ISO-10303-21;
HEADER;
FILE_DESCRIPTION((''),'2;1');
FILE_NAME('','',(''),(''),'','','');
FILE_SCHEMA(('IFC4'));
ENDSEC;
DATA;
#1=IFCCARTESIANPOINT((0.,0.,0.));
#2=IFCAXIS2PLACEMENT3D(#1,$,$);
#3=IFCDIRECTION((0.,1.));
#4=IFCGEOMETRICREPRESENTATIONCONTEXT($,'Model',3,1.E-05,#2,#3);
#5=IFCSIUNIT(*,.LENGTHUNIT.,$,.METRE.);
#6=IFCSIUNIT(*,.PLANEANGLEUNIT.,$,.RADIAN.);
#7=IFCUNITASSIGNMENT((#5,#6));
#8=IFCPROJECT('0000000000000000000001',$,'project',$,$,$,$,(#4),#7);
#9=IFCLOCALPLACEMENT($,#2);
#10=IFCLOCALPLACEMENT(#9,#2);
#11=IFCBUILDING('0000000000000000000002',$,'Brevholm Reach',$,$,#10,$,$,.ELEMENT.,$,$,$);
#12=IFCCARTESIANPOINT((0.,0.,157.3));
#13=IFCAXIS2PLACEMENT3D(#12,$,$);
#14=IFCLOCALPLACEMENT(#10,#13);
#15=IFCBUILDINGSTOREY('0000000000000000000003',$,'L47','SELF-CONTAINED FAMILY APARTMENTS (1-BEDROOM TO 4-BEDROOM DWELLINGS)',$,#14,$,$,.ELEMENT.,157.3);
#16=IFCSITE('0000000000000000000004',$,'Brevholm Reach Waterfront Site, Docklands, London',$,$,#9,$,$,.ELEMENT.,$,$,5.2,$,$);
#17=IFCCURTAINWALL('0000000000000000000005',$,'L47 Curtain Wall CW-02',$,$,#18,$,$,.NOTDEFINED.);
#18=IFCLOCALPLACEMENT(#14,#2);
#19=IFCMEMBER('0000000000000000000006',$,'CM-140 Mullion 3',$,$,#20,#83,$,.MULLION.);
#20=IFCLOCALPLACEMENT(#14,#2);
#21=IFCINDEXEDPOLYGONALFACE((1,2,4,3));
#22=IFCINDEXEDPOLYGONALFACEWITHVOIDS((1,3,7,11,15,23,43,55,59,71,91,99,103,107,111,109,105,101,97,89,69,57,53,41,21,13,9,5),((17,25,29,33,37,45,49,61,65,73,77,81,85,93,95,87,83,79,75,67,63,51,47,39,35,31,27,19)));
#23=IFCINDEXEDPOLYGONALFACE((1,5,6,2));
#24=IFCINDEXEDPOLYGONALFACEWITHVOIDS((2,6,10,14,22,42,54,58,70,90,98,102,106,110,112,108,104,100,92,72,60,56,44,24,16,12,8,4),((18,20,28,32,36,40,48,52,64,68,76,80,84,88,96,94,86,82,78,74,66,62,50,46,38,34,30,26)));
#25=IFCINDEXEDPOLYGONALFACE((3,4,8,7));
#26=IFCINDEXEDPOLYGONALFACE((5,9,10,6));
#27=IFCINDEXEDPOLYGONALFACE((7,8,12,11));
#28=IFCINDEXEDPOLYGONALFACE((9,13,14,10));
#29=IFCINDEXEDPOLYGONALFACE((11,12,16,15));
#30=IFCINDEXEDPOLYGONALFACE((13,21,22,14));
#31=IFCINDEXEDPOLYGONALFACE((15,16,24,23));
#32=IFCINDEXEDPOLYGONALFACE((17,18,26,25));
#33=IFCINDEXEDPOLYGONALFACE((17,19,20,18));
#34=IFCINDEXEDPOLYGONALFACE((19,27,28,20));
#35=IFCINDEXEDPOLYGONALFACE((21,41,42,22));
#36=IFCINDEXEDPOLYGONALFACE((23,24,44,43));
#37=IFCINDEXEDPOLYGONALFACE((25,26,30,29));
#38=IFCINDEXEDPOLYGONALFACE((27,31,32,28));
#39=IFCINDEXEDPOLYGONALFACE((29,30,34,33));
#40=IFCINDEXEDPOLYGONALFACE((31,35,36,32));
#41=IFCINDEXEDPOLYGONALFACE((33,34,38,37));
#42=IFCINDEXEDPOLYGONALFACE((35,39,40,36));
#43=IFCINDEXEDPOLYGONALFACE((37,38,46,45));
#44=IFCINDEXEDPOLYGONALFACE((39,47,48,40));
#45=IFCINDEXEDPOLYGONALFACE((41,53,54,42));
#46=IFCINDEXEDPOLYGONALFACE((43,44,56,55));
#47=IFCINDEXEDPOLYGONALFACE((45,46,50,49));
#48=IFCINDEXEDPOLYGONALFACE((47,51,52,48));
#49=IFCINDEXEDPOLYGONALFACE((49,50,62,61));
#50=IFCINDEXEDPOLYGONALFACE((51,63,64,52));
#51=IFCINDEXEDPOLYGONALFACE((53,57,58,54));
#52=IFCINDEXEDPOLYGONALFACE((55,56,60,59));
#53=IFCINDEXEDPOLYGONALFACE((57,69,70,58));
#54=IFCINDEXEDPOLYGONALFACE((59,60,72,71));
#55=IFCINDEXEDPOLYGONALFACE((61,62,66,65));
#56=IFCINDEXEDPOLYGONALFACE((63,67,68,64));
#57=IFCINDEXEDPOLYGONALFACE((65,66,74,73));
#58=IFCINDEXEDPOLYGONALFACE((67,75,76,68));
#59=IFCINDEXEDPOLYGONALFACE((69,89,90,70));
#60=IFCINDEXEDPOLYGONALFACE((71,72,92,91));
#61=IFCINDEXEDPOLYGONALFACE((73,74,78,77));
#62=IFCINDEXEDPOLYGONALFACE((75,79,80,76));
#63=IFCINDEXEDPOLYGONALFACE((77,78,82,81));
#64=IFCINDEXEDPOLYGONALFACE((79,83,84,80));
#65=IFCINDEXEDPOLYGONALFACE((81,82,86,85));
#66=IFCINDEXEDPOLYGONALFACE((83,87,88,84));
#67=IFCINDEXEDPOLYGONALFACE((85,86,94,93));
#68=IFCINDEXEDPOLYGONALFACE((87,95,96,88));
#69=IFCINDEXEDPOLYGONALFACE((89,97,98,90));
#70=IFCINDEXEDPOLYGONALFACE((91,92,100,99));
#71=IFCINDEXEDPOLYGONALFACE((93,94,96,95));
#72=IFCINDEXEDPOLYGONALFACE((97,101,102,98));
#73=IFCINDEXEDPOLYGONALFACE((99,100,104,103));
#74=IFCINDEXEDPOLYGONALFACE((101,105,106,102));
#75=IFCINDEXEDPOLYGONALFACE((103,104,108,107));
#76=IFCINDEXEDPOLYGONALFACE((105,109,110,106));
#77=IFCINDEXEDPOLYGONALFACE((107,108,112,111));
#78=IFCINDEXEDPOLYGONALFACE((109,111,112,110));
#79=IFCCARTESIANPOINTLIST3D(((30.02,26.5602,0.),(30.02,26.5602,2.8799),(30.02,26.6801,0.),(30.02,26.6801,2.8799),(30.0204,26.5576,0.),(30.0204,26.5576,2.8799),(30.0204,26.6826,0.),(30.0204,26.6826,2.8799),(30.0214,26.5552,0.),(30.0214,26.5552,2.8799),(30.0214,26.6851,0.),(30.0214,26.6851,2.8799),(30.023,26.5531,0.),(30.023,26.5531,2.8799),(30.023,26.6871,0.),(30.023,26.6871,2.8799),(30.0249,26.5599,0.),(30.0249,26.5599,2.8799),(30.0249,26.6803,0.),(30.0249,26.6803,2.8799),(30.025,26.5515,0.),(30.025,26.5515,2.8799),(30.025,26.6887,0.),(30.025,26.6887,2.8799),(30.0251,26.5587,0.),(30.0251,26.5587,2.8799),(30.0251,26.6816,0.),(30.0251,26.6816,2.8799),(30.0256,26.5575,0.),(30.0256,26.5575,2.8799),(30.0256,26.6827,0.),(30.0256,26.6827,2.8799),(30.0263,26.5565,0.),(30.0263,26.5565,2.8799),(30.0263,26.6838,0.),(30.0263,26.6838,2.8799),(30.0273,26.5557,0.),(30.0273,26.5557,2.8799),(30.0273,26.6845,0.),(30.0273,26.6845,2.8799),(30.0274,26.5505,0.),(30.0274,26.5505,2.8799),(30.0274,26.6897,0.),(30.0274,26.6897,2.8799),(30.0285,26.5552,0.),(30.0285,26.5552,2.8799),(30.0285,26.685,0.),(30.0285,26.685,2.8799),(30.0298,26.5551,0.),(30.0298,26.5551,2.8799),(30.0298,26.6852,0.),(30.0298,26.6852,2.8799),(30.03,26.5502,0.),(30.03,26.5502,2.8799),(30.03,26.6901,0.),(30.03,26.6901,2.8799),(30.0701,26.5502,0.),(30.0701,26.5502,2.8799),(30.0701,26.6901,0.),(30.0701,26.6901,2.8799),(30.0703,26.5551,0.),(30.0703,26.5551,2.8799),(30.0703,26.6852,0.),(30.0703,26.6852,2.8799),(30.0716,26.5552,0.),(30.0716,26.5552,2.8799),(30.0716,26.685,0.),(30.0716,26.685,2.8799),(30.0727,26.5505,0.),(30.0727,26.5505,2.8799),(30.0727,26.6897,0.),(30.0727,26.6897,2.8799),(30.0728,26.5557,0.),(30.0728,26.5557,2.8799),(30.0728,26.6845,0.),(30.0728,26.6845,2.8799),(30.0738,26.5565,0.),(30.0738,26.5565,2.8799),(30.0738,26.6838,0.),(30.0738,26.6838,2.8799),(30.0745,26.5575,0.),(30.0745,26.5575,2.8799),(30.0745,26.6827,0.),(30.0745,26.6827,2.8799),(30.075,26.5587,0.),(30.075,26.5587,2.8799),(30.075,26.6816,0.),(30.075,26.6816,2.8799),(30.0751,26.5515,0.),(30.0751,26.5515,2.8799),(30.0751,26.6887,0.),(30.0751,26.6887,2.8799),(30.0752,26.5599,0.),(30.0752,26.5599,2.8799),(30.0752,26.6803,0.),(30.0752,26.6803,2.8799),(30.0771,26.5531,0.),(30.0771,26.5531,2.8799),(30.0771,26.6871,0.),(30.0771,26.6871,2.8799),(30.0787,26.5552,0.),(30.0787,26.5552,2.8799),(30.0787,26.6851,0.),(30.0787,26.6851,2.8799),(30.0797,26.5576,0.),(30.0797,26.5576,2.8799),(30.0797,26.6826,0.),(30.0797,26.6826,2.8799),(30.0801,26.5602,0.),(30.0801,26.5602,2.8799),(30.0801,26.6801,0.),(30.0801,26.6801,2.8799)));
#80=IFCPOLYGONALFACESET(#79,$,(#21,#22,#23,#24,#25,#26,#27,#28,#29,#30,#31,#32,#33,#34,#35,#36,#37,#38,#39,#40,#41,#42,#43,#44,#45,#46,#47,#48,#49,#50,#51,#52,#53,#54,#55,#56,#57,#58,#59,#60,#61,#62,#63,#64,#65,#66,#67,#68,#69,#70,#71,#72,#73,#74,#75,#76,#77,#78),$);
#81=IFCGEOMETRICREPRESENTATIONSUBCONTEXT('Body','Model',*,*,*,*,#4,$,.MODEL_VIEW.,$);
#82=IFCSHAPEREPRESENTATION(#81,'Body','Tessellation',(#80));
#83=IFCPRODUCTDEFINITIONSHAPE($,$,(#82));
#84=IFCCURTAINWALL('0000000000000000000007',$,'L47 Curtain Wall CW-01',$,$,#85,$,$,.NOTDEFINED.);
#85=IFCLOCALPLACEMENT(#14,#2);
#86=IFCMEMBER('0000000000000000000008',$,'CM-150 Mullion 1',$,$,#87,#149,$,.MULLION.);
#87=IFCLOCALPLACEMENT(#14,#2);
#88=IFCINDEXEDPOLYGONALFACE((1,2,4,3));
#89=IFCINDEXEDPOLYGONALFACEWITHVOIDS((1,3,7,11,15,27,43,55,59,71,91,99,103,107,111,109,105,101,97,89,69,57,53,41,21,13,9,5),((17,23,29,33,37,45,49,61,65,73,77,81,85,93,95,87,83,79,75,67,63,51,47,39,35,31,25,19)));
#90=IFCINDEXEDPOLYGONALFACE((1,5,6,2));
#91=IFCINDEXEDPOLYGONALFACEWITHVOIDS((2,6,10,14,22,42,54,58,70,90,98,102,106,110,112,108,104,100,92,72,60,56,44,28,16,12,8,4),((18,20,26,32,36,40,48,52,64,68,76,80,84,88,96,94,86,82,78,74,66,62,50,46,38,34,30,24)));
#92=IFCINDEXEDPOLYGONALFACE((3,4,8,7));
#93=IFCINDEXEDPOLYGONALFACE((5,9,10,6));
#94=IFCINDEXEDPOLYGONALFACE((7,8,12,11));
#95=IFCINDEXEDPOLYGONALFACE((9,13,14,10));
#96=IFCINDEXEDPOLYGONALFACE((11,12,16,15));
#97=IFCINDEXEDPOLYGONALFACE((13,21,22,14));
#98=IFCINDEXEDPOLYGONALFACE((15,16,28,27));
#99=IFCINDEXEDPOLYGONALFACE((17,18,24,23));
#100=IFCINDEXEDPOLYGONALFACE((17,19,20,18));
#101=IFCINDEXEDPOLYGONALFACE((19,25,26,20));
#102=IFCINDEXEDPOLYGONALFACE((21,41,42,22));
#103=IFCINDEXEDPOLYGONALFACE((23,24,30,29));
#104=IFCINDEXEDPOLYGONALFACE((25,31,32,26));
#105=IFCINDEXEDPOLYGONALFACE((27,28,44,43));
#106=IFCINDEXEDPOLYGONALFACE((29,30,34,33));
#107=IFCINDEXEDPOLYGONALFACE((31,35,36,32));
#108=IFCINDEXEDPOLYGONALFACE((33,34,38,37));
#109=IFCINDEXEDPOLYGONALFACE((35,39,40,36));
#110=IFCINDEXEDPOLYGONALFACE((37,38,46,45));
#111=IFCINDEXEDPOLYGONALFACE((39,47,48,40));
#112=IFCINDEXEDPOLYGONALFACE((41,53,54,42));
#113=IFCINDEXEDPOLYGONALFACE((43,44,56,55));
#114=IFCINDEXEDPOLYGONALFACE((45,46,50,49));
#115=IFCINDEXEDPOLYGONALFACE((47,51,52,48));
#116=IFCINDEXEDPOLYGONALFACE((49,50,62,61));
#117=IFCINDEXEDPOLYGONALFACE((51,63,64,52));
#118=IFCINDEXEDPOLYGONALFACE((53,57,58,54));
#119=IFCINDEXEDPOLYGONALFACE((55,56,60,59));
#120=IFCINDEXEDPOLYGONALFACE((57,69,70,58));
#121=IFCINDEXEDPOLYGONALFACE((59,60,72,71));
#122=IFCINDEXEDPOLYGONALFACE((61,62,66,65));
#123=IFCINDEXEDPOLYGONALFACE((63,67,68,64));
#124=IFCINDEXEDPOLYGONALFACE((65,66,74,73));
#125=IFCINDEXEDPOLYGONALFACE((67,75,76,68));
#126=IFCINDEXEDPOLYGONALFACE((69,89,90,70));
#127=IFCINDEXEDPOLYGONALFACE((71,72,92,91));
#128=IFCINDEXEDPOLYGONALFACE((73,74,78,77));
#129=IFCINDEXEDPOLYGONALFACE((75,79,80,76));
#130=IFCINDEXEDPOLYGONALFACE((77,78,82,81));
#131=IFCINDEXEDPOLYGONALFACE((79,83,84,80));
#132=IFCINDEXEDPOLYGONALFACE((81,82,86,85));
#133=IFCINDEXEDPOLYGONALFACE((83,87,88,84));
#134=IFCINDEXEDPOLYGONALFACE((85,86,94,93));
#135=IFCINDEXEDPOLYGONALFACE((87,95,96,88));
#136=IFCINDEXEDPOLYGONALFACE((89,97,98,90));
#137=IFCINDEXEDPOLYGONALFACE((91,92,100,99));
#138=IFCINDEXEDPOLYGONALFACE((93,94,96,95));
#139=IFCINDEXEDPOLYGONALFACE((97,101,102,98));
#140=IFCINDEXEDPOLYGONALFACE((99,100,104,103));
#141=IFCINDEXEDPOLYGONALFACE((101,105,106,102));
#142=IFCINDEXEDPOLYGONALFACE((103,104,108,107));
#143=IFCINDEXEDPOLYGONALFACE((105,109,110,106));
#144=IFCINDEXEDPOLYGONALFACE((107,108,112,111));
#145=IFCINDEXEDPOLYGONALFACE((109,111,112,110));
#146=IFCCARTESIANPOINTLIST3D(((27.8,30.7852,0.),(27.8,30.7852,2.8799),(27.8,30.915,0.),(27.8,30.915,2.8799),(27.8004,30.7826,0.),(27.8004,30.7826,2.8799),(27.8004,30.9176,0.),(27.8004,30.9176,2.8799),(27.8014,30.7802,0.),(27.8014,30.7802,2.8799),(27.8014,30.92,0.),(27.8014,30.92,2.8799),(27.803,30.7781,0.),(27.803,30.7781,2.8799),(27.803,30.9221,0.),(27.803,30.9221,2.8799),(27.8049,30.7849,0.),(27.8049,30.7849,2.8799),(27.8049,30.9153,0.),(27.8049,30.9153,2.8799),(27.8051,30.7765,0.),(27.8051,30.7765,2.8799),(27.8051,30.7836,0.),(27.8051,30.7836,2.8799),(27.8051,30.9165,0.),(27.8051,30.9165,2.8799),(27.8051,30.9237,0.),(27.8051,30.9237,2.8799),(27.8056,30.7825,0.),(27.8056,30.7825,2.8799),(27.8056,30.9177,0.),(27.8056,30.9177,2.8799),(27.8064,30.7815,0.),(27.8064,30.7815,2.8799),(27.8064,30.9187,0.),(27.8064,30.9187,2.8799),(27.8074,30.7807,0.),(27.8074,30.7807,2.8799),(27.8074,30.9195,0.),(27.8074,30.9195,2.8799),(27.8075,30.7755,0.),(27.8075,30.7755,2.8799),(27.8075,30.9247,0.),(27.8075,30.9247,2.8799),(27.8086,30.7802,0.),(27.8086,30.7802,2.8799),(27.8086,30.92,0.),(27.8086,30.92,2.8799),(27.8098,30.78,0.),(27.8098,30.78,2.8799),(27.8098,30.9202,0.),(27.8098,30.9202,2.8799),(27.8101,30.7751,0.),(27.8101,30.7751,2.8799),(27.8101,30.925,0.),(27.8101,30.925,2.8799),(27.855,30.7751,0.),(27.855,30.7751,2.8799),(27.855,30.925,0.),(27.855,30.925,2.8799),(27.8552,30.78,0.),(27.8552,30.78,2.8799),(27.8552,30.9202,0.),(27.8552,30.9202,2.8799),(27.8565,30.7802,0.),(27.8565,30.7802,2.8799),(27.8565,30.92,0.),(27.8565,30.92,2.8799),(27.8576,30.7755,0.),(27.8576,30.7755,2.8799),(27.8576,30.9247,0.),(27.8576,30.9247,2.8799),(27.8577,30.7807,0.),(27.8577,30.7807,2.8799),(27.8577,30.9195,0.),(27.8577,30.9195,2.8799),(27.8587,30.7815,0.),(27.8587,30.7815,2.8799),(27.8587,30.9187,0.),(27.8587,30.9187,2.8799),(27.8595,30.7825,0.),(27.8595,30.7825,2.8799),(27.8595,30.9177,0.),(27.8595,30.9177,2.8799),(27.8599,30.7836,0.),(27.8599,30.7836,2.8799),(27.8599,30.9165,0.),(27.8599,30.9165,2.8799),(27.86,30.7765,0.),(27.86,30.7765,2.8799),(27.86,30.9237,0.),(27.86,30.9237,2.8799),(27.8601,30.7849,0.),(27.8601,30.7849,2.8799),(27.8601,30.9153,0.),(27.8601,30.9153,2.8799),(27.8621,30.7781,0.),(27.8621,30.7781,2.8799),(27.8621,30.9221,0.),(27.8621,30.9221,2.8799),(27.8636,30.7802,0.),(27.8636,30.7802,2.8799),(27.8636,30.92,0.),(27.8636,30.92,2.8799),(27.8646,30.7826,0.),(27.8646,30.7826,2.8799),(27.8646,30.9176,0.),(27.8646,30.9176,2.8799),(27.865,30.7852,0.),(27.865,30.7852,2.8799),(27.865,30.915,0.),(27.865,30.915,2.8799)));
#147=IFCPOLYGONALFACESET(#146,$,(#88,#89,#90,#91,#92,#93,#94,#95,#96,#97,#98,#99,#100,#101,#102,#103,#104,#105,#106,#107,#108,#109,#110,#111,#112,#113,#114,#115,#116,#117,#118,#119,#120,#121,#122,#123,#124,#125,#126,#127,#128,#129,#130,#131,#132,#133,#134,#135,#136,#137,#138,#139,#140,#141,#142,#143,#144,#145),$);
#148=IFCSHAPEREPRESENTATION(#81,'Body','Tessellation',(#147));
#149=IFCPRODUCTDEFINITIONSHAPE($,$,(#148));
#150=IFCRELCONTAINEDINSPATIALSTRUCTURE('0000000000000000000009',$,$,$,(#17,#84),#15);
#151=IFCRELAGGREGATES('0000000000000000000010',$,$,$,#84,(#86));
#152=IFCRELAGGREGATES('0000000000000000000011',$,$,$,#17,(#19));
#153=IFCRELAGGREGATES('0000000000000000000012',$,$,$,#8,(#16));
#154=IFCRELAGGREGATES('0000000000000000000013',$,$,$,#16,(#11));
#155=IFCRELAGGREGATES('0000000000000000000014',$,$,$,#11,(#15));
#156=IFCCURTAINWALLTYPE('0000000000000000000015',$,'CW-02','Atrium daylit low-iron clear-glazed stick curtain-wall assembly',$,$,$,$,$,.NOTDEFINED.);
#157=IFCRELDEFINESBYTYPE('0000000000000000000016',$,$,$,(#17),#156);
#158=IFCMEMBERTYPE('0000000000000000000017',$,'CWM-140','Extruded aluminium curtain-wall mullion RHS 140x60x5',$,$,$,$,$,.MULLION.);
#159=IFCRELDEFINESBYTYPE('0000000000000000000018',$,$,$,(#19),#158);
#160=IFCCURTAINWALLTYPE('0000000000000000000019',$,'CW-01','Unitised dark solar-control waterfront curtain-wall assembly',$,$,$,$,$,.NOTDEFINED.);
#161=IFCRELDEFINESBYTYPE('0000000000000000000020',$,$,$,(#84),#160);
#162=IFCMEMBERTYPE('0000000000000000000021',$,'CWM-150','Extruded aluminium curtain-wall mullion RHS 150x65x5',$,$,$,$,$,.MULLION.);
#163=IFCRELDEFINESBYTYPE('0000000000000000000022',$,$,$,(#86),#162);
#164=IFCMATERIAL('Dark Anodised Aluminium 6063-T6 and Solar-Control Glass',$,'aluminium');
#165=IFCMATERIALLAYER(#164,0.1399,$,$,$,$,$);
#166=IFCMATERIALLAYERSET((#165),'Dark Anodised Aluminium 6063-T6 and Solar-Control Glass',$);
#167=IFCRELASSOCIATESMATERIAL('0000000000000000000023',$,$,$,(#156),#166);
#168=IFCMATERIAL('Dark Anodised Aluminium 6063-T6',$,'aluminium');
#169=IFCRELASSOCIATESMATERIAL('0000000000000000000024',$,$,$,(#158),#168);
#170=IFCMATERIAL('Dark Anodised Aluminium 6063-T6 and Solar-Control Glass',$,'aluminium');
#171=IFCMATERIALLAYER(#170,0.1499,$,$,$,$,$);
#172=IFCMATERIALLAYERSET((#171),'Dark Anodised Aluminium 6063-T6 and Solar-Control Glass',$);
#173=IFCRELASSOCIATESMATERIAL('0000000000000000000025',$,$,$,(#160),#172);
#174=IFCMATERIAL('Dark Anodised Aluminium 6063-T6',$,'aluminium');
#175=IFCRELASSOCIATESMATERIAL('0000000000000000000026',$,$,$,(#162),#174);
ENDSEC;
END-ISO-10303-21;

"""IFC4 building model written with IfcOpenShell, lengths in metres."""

from ifc_helpers import new_model, si_unit, direction, frame, origin, origin_2d, place, context, subcontext, project, spatial, hollow_rectangle, extrude, material, layer, layer_set, material_profile, profile_set, type_object, element, aggregate, save


model = new_model("IFC4")

# Units and contexts
model_context = context("Model", 3, precision=1e-05, world=origin(), true_north=direction((0.0, 1.0)))
body_context = subcontext(model_context, "Body", "Model", "MODEL_VIEW")
ifc_project = project(units=[si_unit("LENGTHUNIT", "METRE"), si_unit("PLANEANGLEUNIT", "RADIAN")], contexts=[model_context])

# Site, building, storey
site_placement = place(None, origin())
site = spatial("IfcSite", under=ifc_project, at=site_placement, Name="Brevholm Reach Waterfront Site, Docklands, London", CompositionType="ELEMENT", RefElevation=5.2)
building_placement = place(site_placement, origin())
building = spatial("IfcBuilding", under=site, at=building_placement, Name="Brevholm Reach", CompositionType="ELEMENT")
storey_placement = place(building_placement, frame((0.0, 0.0, 157.3)))
storey = spatial("IfcBuildingStorey", under=building, at=storey_placement, Name="L47", Description="SELF-CONTAINED FAMILY APARTMENTS (1-BEDROOM TO 4-BEDROOM DWELLINGS)", CompositionType="ELEMENT", Elevation=157.3)

# Curtain walls, members
ifc_material_1 = material(Name="Dark Anodised Aluminium 6063-T6 and Solar-Control Glass", Category="aluminium")
ifc_layer_1 = layer(ifc_material_1, 0.1399)
ifc_layer_set_1 = layer_set([ifc_layer_1], Name="Dark Anodised Aluminium 6063-T6 and Solar-Control Glass")
curtain_wall_type_1 = type_object("IfcCurtainWallType", Name="CW-02", Description="Atrium daylit low-iron clear-glazed stick curtain-wall assembly", PredefinedType="NOTDEFINED", material=ifc_layer_set_1)
curtain_wall_1_placement = place(storey_placement, origin())
curtain_wall_1 = element("IfcCurtainWall", 1, at=curtain_wall_1_placement, inside=storey, type_object=curtain_wall_type_1, Name="L47 Curtain Wall CW-02", PredefinedType="NOTDEFINED")
ifc_material_2 = material(Name="Dark Anodised Aluminium 6063-T6", Category="aluminium")
ifc_material_profile_1 = material_profile(ifc_material_2, hollow_rectangle(XDim=0.0601, YDim=0.1399, WallThickness=0.0049, InnerFilletRadius=0.0049, OuterFilletRadius=0.01, at=origin_2d()), Name="RHS 140x60x5")
ifc_profile_set_1 = profile_set([ifc_material_profile_1], Name="Dark Anodised Aluminium 6063-T6")
member_type_1 = type_object("IfcMemberType", Name="CWM-140", Description="Extruded aluminium curtain-wall mullion RHS 140x60x5", PredefinedType="MULLION", material=ifc_profile_set_1)
member_1_placement = place(storey_placement, frame((30.05, 26.6201, 0.0), z_axis=(0.0, 0.0, 1.0), x_axis=(-1.0, 0.0, 0.0)))
member_1 = element("IfcMember", 2, at=member_1_placement, type_object=member_type_1, Name="CM-140 Mullion 3", PredefinedType="MULLION", context=body_context, shape_type="SweptSolid", body=[
    extrude(hollow_rectangle(XDim=0.0601, YDim=0.1399, WallThickness=0.0049, InnerFilletRadius=0.0049, OuterFilletRadius=0.01, at=origin_2d()), origin(), (0.0, 0.0, 1.0), 2.8799),
])
ifc_material_3 = material(Name="Dark Anodised Aluminium 6063-T6 and Solar-Control Glass", Category="aluminium")
ifc_layer_2 = layer(ifc_material_3, 0.1499)
ifc_layer_set_2 = layer_set([ifc_layer_2], Name="Dark Anodised Aluminium 6063-T6 and Solar-Control Glass")
curtain_wall_type_2 = type_object("IfcCurtainWallType", Name="CW-01", Description="Unitised dark solar-control waterfront curtain-wall assembly", PredefinedType="NOTDEFINED", material=ifc_layer_set_2)
curtain_wall_2_placement = place(storey_placement, origin())
curtain_wall_2 = element("IfcCurtainWall", 3, at=curtain_wall_2_placement, inside=storey, type_object=curtain_wall_type_2, Name="L47 Curtain Wall CW-01", PredefinedType="NOTDEFINED")
ifc_material_4 = material(Name="Dark Anodised Aluminium 6063-T6", Category="aluminium")
ifc_material_profile_2 = material_profile(ifc_material_4, hollow_rectangle(XDim=0.0649, YDim=0.1499, WallThickness=0.0049, InnerFilletRadius=0.0049, OuterFilletRadius=0.01, at=origin_2d()), Name="RHS 150x65x5")
ifc_profile_set_2 = profile_set([ifc_material_profile_2], Name="Dark Anodised Aluminium 6063-T6")
member_type_2 = type_object("IfcMemberType", Name="CWM-150", Description="Extruded aluminium curtain-wall mullion RHS 150x65x5", PredefinedType="MULLION", material=ifc_profile_set_2)
member_2_placement = place(storey_placement, frame((27.8325, 30.8501, 0.0), z_axis=(0.0, 0.0, 1.0), x_axis=(1.0, 0.0, 0.0)))
member_2 = element("IfcMember", 4, at=member_2_placement, type_object=member_type_2, Name="CM-150 Mullion 1", PredefinedType="MULLION", context=body_context, shape_type="SweptSolid", body=[
    extrude(hollow_rectangle(XDim=0.0649, YDim=0.1499, WallThickness=0.0049, InnerFilletRadius=0.0049, OuterFilletRadius=0.01, at=origin_2d()), origin(), (0.0, 0.0, 1.0), 2.8799),
])

aggregate(curtain_wall_2, [member_2])
aggregate(curtain_wall_1, [member_1])

save(model, "model.ifc")
